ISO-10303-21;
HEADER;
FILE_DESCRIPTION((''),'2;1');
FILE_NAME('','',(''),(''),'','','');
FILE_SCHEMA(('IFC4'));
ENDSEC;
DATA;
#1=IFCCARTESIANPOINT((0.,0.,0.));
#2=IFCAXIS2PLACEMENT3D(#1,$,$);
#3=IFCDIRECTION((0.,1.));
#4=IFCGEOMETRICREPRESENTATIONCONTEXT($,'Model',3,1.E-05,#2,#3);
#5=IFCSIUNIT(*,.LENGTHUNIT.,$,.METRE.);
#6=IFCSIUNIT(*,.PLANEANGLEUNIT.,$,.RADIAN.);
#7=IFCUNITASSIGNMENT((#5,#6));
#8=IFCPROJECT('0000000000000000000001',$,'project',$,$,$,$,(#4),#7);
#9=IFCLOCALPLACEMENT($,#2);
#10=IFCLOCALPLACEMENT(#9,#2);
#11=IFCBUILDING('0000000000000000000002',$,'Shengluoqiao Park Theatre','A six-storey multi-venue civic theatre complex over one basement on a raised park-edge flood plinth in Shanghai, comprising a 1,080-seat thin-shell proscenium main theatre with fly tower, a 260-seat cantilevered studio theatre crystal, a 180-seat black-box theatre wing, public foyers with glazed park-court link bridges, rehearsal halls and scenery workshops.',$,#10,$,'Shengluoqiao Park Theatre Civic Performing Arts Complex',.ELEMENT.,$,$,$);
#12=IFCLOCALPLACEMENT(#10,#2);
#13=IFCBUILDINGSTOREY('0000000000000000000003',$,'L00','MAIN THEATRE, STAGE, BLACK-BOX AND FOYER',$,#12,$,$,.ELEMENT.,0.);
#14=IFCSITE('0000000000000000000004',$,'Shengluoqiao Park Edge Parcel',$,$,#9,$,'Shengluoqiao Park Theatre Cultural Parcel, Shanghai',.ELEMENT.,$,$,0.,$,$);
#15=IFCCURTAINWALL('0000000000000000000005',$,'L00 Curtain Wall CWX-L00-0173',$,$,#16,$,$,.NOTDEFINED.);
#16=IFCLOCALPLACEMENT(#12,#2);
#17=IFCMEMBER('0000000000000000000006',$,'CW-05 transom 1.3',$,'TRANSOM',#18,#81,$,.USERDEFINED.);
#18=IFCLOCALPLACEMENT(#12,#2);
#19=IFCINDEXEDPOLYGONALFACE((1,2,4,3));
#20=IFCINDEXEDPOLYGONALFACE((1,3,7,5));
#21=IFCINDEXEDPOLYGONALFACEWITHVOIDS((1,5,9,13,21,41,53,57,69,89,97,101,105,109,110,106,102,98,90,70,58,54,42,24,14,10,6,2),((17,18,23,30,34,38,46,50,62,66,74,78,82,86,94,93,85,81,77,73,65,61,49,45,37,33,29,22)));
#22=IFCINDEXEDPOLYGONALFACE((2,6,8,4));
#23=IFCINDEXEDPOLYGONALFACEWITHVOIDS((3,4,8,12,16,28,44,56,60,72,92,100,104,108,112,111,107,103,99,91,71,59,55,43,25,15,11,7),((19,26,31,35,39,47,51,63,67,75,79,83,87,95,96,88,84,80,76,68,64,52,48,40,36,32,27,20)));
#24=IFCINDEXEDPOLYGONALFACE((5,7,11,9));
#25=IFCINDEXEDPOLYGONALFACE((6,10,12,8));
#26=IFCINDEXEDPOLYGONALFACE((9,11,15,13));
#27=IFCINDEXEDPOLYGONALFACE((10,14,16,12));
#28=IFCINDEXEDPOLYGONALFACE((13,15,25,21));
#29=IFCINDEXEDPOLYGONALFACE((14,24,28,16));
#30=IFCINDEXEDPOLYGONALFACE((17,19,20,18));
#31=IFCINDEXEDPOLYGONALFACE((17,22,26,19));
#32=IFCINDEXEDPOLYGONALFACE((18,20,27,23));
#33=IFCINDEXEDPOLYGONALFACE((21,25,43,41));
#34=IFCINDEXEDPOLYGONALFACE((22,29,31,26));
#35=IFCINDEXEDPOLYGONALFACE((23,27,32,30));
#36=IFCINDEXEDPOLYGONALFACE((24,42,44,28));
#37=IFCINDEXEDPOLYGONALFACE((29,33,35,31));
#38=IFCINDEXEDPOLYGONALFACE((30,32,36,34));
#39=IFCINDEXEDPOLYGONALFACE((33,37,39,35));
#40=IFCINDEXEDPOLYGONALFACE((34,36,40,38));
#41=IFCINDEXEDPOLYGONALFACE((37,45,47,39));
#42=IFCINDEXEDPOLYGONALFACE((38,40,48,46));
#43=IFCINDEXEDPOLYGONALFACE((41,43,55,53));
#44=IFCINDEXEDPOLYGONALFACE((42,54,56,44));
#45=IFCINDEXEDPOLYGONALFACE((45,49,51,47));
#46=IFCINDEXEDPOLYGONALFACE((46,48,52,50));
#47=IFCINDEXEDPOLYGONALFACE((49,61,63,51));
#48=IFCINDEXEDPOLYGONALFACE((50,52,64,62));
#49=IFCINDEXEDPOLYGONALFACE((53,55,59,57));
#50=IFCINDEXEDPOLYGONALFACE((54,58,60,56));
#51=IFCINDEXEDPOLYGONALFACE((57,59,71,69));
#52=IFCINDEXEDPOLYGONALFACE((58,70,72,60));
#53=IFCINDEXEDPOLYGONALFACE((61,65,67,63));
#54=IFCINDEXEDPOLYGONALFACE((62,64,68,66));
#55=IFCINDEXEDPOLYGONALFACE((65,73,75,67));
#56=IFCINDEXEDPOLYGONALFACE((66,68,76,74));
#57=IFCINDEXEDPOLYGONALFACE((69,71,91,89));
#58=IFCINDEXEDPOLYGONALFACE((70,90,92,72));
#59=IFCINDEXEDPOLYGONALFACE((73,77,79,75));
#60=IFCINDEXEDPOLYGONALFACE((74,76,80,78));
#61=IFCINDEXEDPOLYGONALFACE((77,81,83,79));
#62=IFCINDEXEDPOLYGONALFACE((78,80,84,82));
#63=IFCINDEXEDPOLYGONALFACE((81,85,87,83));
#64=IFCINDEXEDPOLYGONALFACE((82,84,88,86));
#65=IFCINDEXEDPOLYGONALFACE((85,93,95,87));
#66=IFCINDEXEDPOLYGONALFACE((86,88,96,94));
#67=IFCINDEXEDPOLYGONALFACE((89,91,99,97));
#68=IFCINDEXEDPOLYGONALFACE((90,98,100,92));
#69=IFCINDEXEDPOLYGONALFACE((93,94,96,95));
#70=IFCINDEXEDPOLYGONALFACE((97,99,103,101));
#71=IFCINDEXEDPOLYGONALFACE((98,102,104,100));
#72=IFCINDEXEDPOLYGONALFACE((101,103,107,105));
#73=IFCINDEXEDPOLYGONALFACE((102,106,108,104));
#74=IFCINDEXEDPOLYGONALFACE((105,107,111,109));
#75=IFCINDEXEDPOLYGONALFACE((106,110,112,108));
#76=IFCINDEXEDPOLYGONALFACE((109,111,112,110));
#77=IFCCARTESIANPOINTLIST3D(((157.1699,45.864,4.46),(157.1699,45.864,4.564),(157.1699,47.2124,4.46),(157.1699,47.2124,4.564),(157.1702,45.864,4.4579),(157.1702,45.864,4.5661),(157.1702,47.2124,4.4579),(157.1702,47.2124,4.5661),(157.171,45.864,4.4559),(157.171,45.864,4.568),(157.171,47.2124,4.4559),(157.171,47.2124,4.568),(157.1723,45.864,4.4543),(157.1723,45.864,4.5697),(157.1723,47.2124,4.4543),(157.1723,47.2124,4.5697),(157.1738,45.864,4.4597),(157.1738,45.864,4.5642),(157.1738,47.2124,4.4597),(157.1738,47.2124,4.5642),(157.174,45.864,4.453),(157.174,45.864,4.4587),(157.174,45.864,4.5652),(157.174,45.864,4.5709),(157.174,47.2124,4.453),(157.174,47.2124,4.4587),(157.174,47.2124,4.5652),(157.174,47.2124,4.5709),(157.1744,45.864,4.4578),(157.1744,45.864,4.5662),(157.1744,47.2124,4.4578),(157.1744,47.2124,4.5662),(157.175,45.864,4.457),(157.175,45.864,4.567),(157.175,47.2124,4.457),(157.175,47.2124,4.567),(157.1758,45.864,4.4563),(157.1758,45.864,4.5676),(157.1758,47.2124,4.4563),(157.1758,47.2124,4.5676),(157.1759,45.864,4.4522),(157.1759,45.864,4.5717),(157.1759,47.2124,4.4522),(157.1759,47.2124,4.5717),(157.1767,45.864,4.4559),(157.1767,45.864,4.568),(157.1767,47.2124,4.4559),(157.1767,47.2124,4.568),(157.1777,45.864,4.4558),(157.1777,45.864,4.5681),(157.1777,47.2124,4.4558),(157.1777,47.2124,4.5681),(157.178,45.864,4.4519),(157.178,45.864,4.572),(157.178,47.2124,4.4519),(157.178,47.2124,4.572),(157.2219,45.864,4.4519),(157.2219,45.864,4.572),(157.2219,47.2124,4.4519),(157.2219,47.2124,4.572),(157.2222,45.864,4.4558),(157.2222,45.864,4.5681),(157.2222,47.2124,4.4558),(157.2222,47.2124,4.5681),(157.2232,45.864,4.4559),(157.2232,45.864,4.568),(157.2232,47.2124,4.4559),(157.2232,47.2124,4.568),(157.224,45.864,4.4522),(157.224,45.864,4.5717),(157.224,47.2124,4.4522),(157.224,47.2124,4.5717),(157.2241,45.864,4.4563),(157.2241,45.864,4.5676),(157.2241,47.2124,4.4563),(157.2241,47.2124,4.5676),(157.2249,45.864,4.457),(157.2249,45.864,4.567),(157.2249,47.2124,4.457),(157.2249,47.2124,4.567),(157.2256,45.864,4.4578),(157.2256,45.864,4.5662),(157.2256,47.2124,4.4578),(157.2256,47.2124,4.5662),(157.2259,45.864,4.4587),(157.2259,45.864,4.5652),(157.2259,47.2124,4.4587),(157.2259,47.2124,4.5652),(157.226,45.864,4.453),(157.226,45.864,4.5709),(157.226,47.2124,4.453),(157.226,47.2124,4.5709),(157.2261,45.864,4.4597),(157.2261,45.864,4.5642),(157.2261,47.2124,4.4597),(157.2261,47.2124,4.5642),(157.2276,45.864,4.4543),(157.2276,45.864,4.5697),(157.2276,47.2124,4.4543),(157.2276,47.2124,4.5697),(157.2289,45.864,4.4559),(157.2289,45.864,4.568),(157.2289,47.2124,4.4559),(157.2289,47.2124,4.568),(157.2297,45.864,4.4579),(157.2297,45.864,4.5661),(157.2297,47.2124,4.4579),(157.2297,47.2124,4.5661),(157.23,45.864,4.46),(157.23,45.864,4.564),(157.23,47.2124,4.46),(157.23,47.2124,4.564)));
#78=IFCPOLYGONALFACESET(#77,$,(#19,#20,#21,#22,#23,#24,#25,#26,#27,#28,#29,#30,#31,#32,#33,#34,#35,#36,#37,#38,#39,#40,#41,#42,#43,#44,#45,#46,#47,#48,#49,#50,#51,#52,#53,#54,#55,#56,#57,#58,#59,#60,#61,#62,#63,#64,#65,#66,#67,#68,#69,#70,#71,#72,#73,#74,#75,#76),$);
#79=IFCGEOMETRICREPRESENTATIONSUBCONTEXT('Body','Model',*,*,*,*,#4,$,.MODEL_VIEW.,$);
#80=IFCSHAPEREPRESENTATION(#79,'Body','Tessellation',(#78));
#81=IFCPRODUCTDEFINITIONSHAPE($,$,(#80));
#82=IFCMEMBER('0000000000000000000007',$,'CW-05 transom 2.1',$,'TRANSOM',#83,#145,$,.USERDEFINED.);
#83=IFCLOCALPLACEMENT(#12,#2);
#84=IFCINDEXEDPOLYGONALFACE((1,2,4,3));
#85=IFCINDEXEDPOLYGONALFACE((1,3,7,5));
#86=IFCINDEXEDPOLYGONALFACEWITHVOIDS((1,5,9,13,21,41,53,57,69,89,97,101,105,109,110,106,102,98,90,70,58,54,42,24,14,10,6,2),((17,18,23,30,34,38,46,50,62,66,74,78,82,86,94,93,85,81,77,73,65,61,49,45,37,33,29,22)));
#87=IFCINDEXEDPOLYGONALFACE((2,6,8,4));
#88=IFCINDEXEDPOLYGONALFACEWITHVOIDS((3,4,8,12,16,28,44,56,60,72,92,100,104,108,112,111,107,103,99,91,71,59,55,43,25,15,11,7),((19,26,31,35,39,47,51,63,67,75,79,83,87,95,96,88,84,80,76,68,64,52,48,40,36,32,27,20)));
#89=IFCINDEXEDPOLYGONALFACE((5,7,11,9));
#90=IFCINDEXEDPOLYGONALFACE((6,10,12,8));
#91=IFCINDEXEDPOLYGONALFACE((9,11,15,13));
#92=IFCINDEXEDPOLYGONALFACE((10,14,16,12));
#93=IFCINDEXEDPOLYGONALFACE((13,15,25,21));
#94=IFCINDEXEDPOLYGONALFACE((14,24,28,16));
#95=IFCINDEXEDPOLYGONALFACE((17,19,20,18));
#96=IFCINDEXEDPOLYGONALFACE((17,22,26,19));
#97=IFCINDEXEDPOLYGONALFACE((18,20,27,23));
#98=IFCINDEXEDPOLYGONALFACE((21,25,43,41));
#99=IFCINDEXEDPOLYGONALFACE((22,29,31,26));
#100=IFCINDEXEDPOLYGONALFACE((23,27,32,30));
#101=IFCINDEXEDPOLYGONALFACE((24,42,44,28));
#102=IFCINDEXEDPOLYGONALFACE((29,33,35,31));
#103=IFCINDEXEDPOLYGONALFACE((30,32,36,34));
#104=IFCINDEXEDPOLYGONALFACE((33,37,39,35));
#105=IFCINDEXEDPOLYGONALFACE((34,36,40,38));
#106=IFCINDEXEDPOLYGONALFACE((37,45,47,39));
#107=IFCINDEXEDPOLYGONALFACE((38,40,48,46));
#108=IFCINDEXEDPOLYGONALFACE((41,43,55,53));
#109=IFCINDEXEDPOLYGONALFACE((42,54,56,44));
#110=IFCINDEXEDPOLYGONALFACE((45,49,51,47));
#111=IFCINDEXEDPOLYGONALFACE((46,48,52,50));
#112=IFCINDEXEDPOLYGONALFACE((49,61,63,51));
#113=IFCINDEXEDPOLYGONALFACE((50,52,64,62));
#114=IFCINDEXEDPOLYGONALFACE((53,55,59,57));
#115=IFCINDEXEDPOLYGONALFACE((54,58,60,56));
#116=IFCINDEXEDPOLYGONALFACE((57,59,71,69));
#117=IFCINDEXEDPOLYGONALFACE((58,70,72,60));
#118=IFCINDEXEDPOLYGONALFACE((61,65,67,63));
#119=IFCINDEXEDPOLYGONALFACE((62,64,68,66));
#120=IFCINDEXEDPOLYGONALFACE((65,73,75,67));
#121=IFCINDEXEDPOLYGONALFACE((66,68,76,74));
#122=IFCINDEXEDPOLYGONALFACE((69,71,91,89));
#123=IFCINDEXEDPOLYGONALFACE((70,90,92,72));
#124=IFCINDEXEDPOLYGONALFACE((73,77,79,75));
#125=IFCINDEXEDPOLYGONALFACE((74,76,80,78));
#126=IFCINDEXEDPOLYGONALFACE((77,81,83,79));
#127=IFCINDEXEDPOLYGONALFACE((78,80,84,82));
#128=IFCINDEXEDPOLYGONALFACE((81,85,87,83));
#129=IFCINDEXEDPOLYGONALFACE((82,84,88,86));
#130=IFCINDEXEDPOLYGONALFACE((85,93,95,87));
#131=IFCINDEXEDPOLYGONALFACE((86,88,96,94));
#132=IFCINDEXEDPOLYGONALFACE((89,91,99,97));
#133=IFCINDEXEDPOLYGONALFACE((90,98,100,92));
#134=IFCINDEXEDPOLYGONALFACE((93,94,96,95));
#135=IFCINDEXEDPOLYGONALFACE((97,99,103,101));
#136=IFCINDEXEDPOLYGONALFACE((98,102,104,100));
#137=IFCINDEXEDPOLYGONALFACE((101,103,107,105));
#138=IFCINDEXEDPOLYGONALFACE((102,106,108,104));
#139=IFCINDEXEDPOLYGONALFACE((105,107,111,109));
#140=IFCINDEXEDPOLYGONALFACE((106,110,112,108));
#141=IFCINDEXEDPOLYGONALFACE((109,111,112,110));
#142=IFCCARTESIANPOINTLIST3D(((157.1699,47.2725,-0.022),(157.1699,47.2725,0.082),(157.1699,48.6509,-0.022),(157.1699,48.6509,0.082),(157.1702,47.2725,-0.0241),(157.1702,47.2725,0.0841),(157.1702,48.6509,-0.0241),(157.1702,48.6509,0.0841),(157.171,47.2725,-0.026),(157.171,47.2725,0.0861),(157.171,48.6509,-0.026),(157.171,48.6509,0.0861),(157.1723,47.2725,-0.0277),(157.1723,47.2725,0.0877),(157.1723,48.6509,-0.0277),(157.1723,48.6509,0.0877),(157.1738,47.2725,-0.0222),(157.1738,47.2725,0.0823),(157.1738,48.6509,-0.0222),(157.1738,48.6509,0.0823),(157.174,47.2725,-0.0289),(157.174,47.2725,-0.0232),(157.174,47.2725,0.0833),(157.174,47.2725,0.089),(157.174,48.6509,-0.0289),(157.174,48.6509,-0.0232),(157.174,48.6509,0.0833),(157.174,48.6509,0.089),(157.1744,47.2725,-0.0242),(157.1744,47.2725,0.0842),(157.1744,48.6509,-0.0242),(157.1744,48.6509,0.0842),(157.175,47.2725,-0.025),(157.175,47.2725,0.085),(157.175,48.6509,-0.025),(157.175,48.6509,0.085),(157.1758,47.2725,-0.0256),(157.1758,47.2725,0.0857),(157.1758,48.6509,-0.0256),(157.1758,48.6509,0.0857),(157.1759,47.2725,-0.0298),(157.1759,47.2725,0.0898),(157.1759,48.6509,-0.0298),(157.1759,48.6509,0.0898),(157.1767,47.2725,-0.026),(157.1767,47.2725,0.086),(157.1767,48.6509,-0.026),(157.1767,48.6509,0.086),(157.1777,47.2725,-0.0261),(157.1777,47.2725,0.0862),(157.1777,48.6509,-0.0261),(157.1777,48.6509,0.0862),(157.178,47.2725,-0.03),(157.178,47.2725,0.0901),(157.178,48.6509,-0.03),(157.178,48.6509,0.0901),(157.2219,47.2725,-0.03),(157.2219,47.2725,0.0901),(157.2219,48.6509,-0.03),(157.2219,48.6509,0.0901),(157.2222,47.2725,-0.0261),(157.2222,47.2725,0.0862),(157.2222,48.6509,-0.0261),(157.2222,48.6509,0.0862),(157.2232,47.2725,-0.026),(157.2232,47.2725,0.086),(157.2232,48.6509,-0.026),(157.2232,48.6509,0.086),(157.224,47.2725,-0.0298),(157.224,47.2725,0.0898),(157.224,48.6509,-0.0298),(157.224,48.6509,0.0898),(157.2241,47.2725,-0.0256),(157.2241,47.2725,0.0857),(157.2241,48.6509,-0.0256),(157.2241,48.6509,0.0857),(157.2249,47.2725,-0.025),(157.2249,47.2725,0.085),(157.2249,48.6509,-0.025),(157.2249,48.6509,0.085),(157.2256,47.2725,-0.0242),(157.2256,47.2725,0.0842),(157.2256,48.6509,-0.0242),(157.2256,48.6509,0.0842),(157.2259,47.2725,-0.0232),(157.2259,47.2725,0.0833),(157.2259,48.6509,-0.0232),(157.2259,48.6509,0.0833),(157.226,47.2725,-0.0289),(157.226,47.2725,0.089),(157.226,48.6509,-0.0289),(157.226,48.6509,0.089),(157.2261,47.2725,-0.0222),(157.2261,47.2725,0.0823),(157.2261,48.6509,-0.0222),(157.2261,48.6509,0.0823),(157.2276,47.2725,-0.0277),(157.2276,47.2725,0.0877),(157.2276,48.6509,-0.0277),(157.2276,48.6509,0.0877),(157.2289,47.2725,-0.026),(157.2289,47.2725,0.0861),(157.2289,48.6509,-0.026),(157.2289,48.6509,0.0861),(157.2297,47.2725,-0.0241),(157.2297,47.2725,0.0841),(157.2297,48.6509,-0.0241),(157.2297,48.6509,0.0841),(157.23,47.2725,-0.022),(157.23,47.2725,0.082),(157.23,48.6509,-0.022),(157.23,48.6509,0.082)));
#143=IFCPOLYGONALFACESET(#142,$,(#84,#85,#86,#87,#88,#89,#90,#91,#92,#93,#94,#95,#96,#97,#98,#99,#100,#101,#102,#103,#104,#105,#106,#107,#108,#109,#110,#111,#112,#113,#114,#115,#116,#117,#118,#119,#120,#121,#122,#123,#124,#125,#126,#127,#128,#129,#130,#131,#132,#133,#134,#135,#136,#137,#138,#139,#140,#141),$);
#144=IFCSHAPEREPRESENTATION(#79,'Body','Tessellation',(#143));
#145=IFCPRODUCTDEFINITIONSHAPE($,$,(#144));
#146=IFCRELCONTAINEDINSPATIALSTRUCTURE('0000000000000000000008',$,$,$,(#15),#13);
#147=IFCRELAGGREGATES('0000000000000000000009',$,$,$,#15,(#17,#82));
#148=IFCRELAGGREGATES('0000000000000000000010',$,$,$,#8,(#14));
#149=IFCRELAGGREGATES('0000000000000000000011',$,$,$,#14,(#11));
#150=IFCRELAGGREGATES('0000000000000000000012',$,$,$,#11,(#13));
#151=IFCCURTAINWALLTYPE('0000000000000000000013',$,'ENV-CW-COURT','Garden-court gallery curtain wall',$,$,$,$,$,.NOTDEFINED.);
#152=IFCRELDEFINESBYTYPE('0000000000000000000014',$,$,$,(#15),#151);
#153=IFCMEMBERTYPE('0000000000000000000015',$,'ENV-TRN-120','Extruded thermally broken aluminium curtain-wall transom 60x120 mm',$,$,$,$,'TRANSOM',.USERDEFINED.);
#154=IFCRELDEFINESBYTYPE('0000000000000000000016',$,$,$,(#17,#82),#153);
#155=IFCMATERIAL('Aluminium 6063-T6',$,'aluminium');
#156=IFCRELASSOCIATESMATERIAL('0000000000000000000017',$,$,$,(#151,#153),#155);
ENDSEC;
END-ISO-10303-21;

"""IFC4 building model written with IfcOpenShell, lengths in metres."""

from ifc_helpers import new_model, si_unit, direction, frame, origin, origin_2d, place, context, subcontext, project, spatial, hollow_rectangle, extrude, material, material_profile, profile_set, type_object, element, aggregate, save


model = new_model("IFC4")

# Units and contexts
model_context = context("Model", 3, precision=1e-05, world=origin(), true_north=direction((0.0, 1.0)))
body_context = subcontext(model_context, "Body", "Model", "MODEL_VIEW")
ifc_project = project(units=[si_unit("LENGTHUNIT", "METRE"), si_unit("PLANEANGLEUNIT", "RADIAN")], contexts=[model_context])

# Site, building, storey
site_placement = place(None, origin())
site = spatial("IfcSite", under=ifc_project, at=site_placement, Name="Shengluoqiao Park Edge Parcel", LongName="Shengluoqiao Park Theatre Cultural Parcel, Shanghai", CompositionType="ELEMENT", RefElevation=0.0)
building_placement = place(site_placement, origin())
building = spatial("IfcBuilding", under=site, at=building_placement, Name="Shengluoqiao Park Theatre", Description="A six-storey multi-venue civic theatre complex over one basement on a raised park-edge flood plinth in Shanghai, comprising a 1,080-seat thin-shell proscenium main theatre with fly tower, a 260-seat cantilevered studio theatre crystal, a 180-seat black-box theatre wing, public foyers with glazed park-court link bridges, rehearsal halls and scenery workshops.", LongName="Shengluoqiao Park Theatre Civic Performing Arts Complex", CompositionType="ELEMENT")
storey_placement = place(building_placement, origin())
storey = spatial("IfcBuildingStorey", under=building, at=storey_placement, Name="L00", Description="MAIN THEATRE, STAGE, BLACK-BOX AND FOYER", CompositionType="ELEMENT", Elevation=0.0)

# Curtain wall
ifc_material_1 = material(Name="Aluminium 6063-T6", Category="aluminium")
curtain_wall_type = type_object("IfcCurtainWallType", Name="ENV-CW-COURT", Description="Garden-court gallery curtain wall", PredefinedType="NOTDEFINED", material=ifc_material_1)
curtain_wall_1_placement = place(storey_placement, origin())
curtain_wall_1 = element("IfcCurtainWall", 1, at=curtain_wall_1_placement, inside=storey, type_object=curtain_wall_type, Name="L00 Curtain Wall CWX-L00-0173", PredefinedType="NOTDEFINED")

# Members
ifc_material_profile_1 = material_profile(ifc_material_1, hollow_rectangle(XDim=0.0601, YDim=0.1201, WallThickness=0.0039, InnerFilletRadius=0.0039, OuterFilletRadius=0.0081, at=origin_2d()), Name="ALU TRANSOM 120x60x4")
ifc_profile_set_1 = profile_set([ifc_material_profile_1], Name="Aluminium 6063-T6")
member_type_1 = type_object("IfcMemberType", Name="ENV-TRN-120", Description="Extruded thermally broken aluminium curtain-wall transom 60x120 mm", ElementType="TRANSOM", PredefinedType="USERDEFINED", material=ifc_profile_set_1)
member_1_placement = place(storey_placement, frame((157.2, 45.864, 4.512), z_axis=(0.0, 1.0, 0.0), x_axis=(-1.0, 0.0, 0.0)))
member_1 = element("IfcMember", 2, at=member_1_placement, type_object=member_type_1, Name="CW-05 transom 1.3", ObjectType="TRANSOM", PredefinedType="USERDEFINED", context=body_context, shape_type="SweptSolid", body=[
    extrude(hollow_rectangle(XDim=0.0601, YDim=0.1201, WallThickness=0.0039, InnerFilletRadius=0.0039, OuterFilletRadius=0.0081, at=origin_2d()), origin(), (0.0, 0.0, 1.0), 1.3484),
])
member_2_placement = place(storey_placement, frame((157.2, 47.2725, 0.03), z_axis=(0.0, 1.0, 0.0), x_axis=(-1.0, 0.0, 0.0)))
member_2 = element("IfcMember", 3, at=member_2_placement, type_object=member_type_1, Name="CW-05 transom 2.1", ObjectType="TRANSOM", PredefinedType="USERDEFINED", context=body_context, shape_type="SweptSolid", body=[
    extrude(hollow_rectangle(XDim=0.0601, YDim=0.1201, WallThickness=0.0039, InnerFilletRadius=0.0039, OuterFilletRadius=0.0081, at=origin_2d()), origin(), (0.0, 0.0, 1.0), 1.3784),
])

aggregate(curtain_wall_1, [member_1, member_2])

save(model, "model.ifc")
